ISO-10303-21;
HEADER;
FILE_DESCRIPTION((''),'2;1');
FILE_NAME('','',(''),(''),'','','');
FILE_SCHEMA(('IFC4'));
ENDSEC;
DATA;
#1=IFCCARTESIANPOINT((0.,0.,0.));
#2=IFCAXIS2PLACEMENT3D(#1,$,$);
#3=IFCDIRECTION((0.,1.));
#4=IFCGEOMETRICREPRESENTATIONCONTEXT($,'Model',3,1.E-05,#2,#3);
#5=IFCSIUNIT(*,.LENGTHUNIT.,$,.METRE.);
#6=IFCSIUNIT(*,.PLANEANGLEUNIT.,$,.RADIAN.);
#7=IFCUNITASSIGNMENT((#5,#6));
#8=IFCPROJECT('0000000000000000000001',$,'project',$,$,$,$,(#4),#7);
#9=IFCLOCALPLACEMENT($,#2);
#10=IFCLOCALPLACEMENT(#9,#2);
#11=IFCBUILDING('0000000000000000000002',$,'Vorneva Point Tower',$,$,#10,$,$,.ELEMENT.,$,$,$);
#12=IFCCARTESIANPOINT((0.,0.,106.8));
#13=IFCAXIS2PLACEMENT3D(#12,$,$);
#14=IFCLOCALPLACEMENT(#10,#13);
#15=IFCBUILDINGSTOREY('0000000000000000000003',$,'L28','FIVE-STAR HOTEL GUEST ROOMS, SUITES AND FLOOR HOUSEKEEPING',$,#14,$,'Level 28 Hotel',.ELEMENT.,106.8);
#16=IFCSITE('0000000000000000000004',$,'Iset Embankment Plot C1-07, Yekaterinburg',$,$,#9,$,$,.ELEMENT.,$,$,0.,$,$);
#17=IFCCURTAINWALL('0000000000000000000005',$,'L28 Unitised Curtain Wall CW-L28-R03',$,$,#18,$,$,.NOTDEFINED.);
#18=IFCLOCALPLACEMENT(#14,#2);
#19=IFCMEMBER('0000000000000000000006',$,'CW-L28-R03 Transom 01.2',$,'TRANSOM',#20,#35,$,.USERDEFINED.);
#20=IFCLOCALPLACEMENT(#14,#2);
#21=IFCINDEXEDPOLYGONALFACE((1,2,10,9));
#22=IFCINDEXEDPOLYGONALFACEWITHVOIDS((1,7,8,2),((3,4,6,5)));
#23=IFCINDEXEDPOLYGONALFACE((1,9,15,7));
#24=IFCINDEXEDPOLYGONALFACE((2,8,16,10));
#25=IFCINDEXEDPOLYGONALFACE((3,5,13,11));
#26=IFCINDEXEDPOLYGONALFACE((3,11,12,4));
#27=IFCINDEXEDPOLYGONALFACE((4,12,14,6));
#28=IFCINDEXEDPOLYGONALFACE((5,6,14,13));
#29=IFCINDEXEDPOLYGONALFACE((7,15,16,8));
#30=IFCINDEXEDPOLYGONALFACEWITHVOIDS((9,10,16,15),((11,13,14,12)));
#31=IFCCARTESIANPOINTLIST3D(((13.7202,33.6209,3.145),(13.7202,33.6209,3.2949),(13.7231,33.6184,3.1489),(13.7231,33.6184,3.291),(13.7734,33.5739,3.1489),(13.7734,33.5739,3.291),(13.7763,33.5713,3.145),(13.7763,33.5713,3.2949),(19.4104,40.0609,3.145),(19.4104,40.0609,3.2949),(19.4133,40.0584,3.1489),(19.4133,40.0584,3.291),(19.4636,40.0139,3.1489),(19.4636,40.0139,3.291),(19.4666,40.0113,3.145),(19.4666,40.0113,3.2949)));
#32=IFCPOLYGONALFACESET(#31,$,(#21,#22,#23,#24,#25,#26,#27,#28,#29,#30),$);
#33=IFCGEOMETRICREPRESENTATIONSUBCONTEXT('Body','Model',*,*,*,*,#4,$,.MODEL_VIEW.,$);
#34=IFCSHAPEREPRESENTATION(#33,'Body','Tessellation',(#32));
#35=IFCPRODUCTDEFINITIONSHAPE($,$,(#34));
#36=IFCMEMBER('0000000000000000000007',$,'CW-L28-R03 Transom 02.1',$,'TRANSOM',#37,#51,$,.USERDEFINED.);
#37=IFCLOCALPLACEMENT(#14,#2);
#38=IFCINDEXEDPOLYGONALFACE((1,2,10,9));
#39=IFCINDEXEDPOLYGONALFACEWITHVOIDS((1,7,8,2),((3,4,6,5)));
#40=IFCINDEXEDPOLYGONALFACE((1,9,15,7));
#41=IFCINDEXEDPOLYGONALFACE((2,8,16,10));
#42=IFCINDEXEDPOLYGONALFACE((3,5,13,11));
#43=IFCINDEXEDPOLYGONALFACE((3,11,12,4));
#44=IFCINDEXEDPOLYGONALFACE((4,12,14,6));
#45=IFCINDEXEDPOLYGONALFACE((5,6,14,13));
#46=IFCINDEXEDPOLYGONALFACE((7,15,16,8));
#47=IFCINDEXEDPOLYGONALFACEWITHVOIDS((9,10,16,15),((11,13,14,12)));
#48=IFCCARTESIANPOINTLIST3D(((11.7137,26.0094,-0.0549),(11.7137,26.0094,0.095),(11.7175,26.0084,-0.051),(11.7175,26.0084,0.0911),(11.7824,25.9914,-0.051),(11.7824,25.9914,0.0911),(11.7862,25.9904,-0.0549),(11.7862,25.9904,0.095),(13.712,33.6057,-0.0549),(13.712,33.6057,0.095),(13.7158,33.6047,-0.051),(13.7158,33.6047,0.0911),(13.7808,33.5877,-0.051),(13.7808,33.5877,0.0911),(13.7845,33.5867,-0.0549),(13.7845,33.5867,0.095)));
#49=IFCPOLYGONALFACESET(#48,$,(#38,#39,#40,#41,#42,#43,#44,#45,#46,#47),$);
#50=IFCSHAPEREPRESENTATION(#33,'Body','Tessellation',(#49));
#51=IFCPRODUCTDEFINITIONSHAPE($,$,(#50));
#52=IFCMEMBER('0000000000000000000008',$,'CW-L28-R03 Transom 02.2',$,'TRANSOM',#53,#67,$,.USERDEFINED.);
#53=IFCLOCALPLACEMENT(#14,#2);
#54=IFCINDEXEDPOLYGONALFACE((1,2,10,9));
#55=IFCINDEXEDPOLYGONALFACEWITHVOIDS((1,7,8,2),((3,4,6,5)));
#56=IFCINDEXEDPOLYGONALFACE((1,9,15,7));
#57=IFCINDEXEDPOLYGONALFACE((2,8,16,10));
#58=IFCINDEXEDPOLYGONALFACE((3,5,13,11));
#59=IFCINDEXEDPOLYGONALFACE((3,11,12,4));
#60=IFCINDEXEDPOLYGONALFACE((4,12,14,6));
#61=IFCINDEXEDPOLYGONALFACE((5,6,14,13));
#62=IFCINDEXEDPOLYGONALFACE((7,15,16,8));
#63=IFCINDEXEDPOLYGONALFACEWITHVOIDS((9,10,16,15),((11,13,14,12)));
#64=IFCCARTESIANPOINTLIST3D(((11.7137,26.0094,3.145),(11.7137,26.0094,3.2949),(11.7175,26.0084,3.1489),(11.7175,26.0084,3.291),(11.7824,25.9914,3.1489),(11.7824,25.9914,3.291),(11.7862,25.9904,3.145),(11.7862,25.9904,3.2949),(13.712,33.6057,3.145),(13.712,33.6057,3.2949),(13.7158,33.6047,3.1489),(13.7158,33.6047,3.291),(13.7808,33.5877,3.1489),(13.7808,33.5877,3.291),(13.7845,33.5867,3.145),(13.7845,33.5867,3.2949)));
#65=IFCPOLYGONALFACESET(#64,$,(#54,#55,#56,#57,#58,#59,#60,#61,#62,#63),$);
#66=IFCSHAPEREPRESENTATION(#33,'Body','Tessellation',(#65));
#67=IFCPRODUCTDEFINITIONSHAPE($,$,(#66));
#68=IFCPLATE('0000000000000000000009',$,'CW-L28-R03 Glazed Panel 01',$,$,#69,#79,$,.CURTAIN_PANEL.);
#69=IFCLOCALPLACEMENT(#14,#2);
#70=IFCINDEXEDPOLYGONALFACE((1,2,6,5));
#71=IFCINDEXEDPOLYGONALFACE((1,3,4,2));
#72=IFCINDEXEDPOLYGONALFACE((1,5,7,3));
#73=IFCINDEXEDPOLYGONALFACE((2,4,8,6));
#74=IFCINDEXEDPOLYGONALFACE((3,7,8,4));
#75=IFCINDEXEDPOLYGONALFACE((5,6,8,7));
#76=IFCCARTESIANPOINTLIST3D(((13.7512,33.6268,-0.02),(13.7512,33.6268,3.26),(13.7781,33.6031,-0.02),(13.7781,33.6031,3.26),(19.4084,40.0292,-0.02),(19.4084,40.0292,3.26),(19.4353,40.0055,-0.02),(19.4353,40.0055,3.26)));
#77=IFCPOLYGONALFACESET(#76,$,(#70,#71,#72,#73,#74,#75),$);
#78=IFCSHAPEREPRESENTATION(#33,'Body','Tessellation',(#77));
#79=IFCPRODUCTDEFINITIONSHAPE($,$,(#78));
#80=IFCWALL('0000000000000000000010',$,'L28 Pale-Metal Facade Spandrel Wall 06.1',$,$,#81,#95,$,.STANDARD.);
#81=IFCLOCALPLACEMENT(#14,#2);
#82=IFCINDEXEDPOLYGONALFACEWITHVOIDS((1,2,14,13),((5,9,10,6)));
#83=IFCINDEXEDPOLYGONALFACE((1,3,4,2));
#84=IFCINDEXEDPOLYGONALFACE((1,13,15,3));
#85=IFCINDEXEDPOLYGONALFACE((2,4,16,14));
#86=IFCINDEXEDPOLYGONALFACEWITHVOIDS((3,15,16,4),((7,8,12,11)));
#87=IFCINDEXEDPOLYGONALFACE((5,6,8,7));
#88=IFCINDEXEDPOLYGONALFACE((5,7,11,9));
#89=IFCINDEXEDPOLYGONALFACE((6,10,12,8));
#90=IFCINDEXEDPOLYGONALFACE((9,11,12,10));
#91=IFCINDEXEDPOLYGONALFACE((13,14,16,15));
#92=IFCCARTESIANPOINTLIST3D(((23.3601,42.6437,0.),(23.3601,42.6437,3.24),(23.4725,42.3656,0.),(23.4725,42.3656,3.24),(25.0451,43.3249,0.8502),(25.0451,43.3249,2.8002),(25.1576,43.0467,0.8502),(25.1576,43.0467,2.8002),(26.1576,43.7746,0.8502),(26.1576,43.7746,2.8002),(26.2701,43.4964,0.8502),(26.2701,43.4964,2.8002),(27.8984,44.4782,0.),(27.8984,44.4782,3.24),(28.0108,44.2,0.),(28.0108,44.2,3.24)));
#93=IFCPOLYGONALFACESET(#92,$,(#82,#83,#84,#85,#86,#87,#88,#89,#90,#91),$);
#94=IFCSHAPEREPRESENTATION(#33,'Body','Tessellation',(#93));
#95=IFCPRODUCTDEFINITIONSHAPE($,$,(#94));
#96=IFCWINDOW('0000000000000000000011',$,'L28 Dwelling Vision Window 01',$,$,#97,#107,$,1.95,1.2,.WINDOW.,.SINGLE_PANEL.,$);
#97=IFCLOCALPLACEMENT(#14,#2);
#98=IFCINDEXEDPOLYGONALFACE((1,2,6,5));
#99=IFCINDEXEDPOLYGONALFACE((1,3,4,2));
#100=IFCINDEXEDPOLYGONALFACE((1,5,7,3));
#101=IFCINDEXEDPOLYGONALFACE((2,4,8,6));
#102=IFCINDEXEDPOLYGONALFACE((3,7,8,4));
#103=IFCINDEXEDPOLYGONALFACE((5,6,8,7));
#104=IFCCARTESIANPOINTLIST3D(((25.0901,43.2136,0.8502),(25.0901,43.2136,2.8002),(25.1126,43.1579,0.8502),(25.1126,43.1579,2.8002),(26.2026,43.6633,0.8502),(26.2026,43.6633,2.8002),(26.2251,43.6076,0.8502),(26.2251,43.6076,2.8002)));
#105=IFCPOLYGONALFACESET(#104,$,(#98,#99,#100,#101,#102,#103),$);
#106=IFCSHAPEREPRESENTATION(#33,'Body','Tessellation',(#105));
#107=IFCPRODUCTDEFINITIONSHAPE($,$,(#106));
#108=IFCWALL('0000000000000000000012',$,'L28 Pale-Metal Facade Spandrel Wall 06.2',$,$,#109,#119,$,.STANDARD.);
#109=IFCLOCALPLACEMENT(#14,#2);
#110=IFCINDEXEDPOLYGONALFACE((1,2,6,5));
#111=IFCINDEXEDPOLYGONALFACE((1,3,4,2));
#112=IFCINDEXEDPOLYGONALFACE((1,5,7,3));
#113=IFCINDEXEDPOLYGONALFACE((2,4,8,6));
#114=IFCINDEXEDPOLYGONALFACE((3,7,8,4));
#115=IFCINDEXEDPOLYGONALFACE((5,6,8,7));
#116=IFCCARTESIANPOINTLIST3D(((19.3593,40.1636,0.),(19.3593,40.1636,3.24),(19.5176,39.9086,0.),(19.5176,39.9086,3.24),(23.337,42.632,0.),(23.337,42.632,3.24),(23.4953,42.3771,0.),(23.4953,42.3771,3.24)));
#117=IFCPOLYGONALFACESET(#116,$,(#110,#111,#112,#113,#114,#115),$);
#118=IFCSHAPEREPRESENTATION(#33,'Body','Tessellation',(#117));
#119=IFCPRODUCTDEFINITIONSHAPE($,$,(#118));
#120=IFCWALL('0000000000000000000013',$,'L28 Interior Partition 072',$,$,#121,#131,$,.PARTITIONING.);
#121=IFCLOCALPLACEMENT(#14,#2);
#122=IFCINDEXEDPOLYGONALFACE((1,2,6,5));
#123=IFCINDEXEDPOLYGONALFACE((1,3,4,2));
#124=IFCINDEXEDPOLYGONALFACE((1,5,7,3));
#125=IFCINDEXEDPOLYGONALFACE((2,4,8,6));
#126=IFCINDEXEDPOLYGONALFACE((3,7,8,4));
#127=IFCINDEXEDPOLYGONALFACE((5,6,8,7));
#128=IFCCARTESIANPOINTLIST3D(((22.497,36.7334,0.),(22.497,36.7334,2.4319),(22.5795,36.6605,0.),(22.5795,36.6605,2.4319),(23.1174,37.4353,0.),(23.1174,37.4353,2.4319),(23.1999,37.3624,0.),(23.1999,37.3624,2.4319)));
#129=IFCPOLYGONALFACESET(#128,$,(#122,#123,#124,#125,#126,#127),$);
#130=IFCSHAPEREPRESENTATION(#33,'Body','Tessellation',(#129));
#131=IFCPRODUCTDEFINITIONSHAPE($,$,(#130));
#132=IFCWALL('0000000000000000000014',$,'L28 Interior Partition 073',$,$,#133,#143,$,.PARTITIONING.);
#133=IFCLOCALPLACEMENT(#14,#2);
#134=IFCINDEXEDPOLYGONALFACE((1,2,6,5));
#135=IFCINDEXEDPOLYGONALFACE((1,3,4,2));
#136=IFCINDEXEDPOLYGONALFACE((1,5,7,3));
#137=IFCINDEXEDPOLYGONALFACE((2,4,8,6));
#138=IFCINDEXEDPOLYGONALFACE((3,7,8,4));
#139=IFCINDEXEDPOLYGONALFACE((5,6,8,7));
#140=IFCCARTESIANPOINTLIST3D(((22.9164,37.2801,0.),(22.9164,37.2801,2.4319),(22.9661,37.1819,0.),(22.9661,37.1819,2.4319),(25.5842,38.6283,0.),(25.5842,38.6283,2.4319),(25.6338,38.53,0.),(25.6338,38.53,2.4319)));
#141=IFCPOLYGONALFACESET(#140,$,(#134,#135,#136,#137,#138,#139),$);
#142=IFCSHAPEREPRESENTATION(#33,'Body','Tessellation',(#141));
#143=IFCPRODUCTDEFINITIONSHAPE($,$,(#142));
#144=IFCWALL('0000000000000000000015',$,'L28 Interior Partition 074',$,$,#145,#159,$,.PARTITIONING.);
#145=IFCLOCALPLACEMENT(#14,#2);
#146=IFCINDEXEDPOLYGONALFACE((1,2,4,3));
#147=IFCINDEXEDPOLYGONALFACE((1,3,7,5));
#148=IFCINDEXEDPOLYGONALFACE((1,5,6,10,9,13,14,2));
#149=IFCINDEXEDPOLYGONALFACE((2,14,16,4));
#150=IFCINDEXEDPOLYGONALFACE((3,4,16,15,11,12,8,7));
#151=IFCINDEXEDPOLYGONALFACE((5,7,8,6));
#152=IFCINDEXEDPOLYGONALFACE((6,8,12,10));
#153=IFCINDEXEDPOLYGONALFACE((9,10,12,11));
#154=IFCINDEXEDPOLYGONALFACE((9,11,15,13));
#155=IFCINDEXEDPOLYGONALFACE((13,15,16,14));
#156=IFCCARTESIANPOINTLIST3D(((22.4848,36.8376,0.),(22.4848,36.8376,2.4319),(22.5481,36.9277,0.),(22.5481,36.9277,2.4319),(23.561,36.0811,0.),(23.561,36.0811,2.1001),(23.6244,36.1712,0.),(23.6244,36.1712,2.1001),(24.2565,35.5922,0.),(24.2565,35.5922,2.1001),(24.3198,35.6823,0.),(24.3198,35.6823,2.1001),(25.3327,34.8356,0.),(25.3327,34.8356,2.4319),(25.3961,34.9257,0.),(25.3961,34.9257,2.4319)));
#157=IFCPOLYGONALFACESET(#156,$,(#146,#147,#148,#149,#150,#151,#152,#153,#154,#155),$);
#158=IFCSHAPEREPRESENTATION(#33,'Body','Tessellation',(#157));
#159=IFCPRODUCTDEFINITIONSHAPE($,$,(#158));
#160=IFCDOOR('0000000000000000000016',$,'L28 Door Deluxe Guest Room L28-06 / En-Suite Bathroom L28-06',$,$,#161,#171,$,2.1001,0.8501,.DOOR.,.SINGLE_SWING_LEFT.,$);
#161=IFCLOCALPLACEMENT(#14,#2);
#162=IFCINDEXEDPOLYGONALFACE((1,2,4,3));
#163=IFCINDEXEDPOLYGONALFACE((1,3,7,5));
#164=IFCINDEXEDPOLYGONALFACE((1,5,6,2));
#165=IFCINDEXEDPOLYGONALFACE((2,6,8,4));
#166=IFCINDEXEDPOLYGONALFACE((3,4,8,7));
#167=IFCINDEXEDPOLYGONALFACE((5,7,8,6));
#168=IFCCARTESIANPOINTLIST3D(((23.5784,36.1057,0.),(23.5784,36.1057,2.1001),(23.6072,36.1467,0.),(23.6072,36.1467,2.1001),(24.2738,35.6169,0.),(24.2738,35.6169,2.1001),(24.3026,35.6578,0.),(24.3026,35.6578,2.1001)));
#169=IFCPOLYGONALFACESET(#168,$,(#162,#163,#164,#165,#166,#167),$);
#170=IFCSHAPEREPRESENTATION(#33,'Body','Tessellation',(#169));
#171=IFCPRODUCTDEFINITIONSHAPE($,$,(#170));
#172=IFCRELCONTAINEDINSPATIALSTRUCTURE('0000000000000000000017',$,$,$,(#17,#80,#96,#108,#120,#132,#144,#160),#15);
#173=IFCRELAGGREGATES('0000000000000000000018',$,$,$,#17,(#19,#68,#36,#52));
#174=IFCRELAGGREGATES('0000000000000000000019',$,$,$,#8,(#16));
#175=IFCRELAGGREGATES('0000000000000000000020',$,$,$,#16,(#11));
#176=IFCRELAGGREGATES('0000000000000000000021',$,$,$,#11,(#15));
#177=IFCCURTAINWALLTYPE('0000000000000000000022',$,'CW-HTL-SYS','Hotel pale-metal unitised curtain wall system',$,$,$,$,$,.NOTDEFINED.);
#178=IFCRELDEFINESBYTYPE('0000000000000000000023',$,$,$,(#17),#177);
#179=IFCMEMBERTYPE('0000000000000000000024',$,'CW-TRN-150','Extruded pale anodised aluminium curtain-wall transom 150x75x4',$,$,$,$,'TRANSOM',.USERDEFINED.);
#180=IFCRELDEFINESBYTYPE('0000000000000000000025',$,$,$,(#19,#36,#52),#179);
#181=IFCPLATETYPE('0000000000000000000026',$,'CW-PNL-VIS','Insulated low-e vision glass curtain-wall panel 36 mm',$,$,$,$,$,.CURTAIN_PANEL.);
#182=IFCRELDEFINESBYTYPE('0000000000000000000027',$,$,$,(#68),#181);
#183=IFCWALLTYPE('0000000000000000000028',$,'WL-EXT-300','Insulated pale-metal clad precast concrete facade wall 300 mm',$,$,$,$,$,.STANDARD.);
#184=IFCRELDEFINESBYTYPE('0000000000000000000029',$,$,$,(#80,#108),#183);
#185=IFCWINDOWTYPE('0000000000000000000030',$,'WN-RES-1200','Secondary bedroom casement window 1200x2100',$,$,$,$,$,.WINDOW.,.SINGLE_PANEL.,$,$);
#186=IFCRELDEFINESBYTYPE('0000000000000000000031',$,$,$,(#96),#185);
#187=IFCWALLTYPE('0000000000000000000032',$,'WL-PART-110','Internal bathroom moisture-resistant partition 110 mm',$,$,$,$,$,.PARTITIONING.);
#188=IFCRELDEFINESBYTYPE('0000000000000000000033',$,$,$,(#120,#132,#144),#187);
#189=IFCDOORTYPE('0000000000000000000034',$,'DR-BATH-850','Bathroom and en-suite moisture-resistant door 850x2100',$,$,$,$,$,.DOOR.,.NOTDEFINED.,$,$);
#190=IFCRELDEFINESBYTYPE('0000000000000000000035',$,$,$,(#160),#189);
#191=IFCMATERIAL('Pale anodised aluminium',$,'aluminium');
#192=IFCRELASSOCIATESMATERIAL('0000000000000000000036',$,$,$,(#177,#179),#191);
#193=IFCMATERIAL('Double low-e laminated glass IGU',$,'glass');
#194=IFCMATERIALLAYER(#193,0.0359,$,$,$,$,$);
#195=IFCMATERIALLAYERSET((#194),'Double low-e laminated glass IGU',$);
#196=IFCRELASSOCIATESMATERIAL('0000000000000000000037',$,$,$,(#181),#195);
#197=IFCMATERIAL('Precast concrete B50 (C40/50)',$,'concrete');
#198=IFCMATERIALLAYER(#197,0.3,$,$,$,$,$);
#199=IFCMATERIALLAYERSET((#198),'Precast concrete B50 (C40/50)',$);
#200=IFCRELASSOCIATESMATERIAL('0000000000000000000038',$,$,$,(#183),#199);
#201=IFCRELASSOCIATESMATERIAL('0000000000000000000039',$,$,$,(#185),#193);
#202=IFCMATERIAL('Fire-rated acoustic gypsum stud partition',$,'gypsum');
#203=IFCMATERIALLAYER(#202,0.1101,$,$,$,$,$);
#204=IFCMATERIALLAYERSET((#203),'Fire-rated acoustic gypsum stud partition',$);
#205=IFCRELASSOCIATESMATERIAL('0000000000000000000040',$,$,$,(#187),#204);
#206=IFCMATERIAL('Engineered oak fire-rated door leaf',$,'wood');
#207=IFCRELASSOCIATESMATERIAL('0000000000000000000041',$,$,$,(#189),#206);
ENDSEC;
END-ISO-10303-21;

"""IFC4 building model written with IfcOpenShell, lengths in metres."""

from ifc_helpers import new_model, si_unit, direction, frame, frame_2d, origin, origin_2d, place, context, subcontext, project, spatial, rectangle, hollow_rectangle, extrude, material, layer, layer_set, material_profile, profile_set, type_object, element, fill, aggregate, save


model = new_model("IFC4")

# Units and contexts
model_context = context("Model", 3, precision=1e-05, world=origin(), true_north=direction((0.0, 1.0)))
body_context = subcontext(model_context, "Body", "Model", "MODEL_VIEW")
ifc_project = project(units=[si_unit("LENGTHUNIT", "METRE"), si_unit("PLANEANGLEUNIT", "RADIAN")], contexts=[model_context])

# Site, building, storey
site_placement = place(None, origin())
site = spatial("IfcSite", under=ifc_project, at=site_placement, Name="Iset Embankment Plot C1-07, Yekaterinburg", CompositionType="ELEMENT", RefElevation=0.0)
building_placement = place(site_placement, origin())
building = spatial("IfcBuilding", under=site, at=building_placement, Name="Vorneva Point Tower", CompositionType="ELEMENT")
storey_placement = place(building_placement, frame((0.0, 0.0, 106.8)))
storey = spatial("IfcBuildingStorey", under=building, at=storey_placement, Name="L28", Description="FIVE-STAR HOTEL GUEST ROOMS, SUITES AND FLOOR HOUSEKEEPING", LongName="Level 28 Hotel", CompositionType="ELEMENT", Elevation=106.8)

# Shared definitions
ifc_material_1 = material(Name="Pale anodised aluminium", Category="aluminium")
curtain_wall_type = type_object("IfcCurtainWallType", Name="CW-HTL-SYS", Description="Hotel pale-metal unitised curtain wall system", PredefinedType="NOTDEFINED", material=ifc_material_1)

# Curtain wall, members, plate
curtain_wall_1_placement = place(storey_placement, origin())
curtain_wall_1 = element("IfcCurtainWall", 1, at=curtain_wall_1_placement, inside=storey, type_object=curtain_wall_type, Name="L28 Unitised Curtain Wall CW-L28-R03", PredefinedType="NOTDEFINED")
ifc_material_profile_1 = material_profile(ifc_material_1, hollow_rectangle(XDim=0.075, YDim=0.1499, WallThickness=0.0039, at=origin_2d()), Name="AL-TRN 150x75x4")
ifc_profile_set_1 = profile_set([ifc_material_profile_1], Name="Pale anodised aluminium")
member_type_1 = type_object("IfcMemberType", Name="CW-TRN-150", Description="Extruded pale anodised aluminium curtain-wall transom 150x75x4", ElementType="TRANSOM", PredefinedType="USERDEFINED", material=ifc_profile_set_1)
member_1_placement = place(storey_placement, frame((19.4385, 40.0361, 3.22), z_axis=(-0.662137, -0.749383, 0.0), x_axis=(0.749383, -0.662137, 0.0)))
member_1 = element("IfcMember", 2, at=member_1_placement, type_object=member_type_1, Name="CW-L28-R03 Transom 01.2", ObjectType="TRANSOM", PredefinedType="USERDEFINED", context=body_context, shape_type="SweptSolid", body=[
    extrude(hollow_rectangle(XDim=0.075, YDim=0.1499, WallThickness=0.0039, at=origin_2d()), origin(), (0.0, 0.0, 1.0), 8.5938),
])
member_2_placement = place(storey_placement, frame((13.7483, 33.5962, 0.02), z_axis=(-0.254409, -0.967097, 0.0), x_axis=(0.967097, -0.254409, 0.0)))
member_2 = element("IfcMember", 3, at=member_2_placement, type_object=member_type_1, Name="CW-L28-R03 Transom 02.1", ObjectType="TRANSOM", PredefinedType="USERDEFINED", context=body_context, shape_type="SweptSolid", body=[
    extrude(hollow_rectangle(XDim=0.075, YDim=0.1499, WallThickness=0.0039, at=origin_2d()), origin(), (0.0, 0.0, 1.0), 7.8547),
])
member_3_placement = place(storey_placement, frame((13.7483, 33.5962, 3.22), z_axis=(-0.254409, -0.967097, 0.0), x_axis=(0.967097, -0.254409, 0.0)))
member_3 = element("IfcMember", 4, at=member_3_placement, type_object=member_type_1, Name="CW-L28-R03 Transom 02.2", ObjectType="TRANSOM", PredefinedType="USERDEFINED", context=body_context, shape_type="SweptSolid", body=[
    extrude(hollow_rectangle(XDim=0.075, YDim=0.1499, WallThickness=0.0039, at=origin_2d()), origin(), (0.0, 0.0, 1.0), 7.8547),
])
ifc_material_2 = material(Name="Double low-e laminated glass IGU", Category="glass")
ifc_layer_1 = layer(ifc_material_2, 0.0359)
ifc_layer_set_1 = layer_set([ifc_layer_1], Name="Double low-e laminated glass IGU")
plate_type = type_object("IfcPlateType", Name="CW-PNL-VIS", Description="Insulated low-e vision glass curtain-wall panel 36 mm", PredefinedType="CURTAIN_PANEL", material=ifc_layer_set_1)
plate_placement = place(storey_placement, frame((16.5933, 36.8162, -0.02), z_axis=(0.0, 0.0, 1.0), x_axis=(-0.662149, -0.749372, 0.0)))
plate = element("IfcPlate", 5, at=plate_placement, type_object=plate_type, Name="CW-L28-R03 Glazed Panel 01", PredefinedType="CURTAIN_PANEL", context=body_context, shape_type="SweptSolid", body=[
    extrude(rectangle(XDim=8.5437, YDim=0.0359, at=origin_2d()), origin(), (0.0, 0.0, 1.0), 3.28),
])
aggregate(curtain_wall_1, [member_1, plate, member_2, member_3])

# Wall, opening, window
ifc_material_3 = material(Name="Precast concrete B50 (C40/50)", Category="concrete")
ifc_layer_2 = layer(ifc_material_3, 0.3)
ifc_layer_set_2 = layer_set([ifc_layer_2], Name="Precast concrete B50 (C40/50)")
wall_type_1 = type_object("IfcWallType", Name="WL-EXT-300", Description="Insulated pale-metal clad precast concrete facade wall 300 mm", PredefinedType="STANDARD", material=ifc_layer_set_2)
wall_1_placement = place(storey_placement, frame((27.9546, 44.3391, 0.0), z_axis=(0.0, 0.0, 1.0), x_axis=(-0.927122, -0.374759, 0.0)))
wall_1 = element("IfcWall", 6, at=wall_1_placement, inside=storey, type_object=wall_type_1, Name="L28 Pale-Metal Facade Spandrel Wall 06.1", PredefinedType="STANDARD", context=body_context, shape_type="SweptSolid", body=[
    extrude(rectangle(XDim=4.895, YDim=0.3, at=frame_2d((2.4475, 0.0))), origin(), (0.0, 0.0, 1.0), 3.24),
])
opening_1_placement = place(wall_1_placement, frame((1.8774, 0.0, 0.8501)))
opening_1 = element("IfcOpeningElement", 7, at=opening_1_placement, cuts=wall_1, PredefinedType="OPENING", context=body_context, shape_type="SweptSolid", body=[
    extrude(rectangle(XDim=1.2, YDim=1.95, at=frame_2d((0.6001, 0.9751))), frame((0.0, 0.165, 0.0), z_axis=(0.0, -1.0, 0.0), x_axis=(1.0, 0.0, 0.0)), (0.0, 0.0, 1.0), 0.3298),
])
window_type = type_object("IfcWindowType", Name="WN-RES-1200", Description="Secondary bedroom casement window 1200x2100", PartitioningType="SINGLE_PANEL", PredefinedType="WINDOW", material=ifc_material_2)
window_placement = place(opening_1_placement, origin())
window = element("IfcWindow", 8, at=window_placement, inside=storey, type_object=window_type, Name="L28 Dwelling Vision Window 01", OverallHeight=1.95, OverallWidth=1.2, PartitioningType="SINGLE_PANEL", PredefinedType="WINDOW", context=body_context, shape_type="SweptSolid", body=[
    extrude(rectangle(XDim=1.2, YDim=1.95, at=frame_2d((0.6001, 0.9751))), frame((0.0, 0.03, 0.0), z_axis=(0.0, -1.0, 0.0), x_axis=(1.0, 0.0, 0.0)), (0.0, 0.0, 1.0), 0.0601),
])
fill(opening_1, window)

# Walls
wall_2_placement = place(storey_placement, frame((23.4163, 42.5046, 0.0), z_axis=(0.0, 0.0, 1.0), x_axis=(-0.849684, -0.527291, 0.0)))
element("IfcWall", 9, at=wall_2_placement, inside=storey, type_object=wall_type_1, Name="L28 Pale-Metal Facade Spandrel Wall 06.2", PredefinedType="STANDARD", context=body_context, shape_type="SweptSolid", body=[
    extrude(rectangle(XDim=4.6814, YDim=0.3, at=frame_2d((2.3408, 0.0))), origin(), (0.0, 0.0, 1.0), 3.24),
])
ifc_material_4 = material(Name="Fire-rated acoustic gypsum stud partition", Category="gypsum")
ifc_layer_3 = layer(ifc_material_4, 0.1101)
ifc_layer_set_3 = layer_set([ifc_layer_3], Name="Fire-rated acoustic gypsum stud partition")
wall_type_2 = type_object("IfcWallType", Name="WL-PART-110", Description="Internal bathroom moisture-resistant partition 110 mm", PredefinedType="PARTITIONING", material=ifc_layer_set_3)
wall_3_placement = place(storey_placement, frame((22.5383, 36.697, 0.0), z_axis=(0.0, 0.0, 1.0), x_axis=(0.662242, 0.74929, 0.0)))
element("IfcWall", 10, at=wall_3_placement, inside=storey, type_object=wall_type_2, Name="L28 Interior Partition 072", PredefinedType="PARTITIONING", context=body_context, shape_type="SweptSolid", body=[
    extrude(rectangle(XDim=0.9368, YDim=0.1101, at=frame_2d((0.4683, 0.0))), origin(), (0.0, 0.0, 1.0), 2.4319),
])
wall_4_placement = place(storey_placement, frame((22.9412, 37.231, 0.0), z_axis=(0.0, 0.0, 1.0), x_axis=(0.892508, 0.451032, 0.0)))
element("IfcWall", 11, at=wall_4_placement, inside=storey, type_object=wall_type_2, Name="L28 Interior Partition 073", PredefinedType="PARTITIONING", context=body_context, shape_type="SweptSolid", body=[
    extrude(rectangle(XDim=2.989, YDim=0.1101, at=frame_2d((1.4946, 0.0))), origin(), (0.0, 0.0, 1.0), 2.4319),
])

# Wall, opening, door
wall_5_placement = place(storey_placement, frame((25.3645, 34.8806, 0.0), z_axis=(0.0, 0.0, 1.0), x_axis=(-0.818094, 0.575085, 0.0)))
wall_5 = element("IfcWall", 12, at=wall_5_placement, inside=storey, type_object=wall_type_2, Name="L28 Interior Partition 074", PredefinedType="PARTITIONING", context=body_context, shape_type="SweptSolid", body=[
    extrude(rectangle(XDim=3.4812, YDim=0.1101, at=frame_2d((1.7407, 0.0))), origin(), (0.0, 0.0, 1.0), 2.4319),
])
opening_2_placement = place(wall_5_placement, frame((1.3157, 0.0, 0.0)))
opening_2 = element("IfcOpeningElement", 13, at=opening_2_placement, cuts=wall_5, PredefinedType="OPENING", context=body_context, shape_type="SweptSolid", body=[
    extrude(rectangle(XDim=0.8501, YDim=2.1001, at=frame_2d((0.425, 1.05))), frame((0.0, 0.0698, 0.0), z_axis=(0.0, -1.0, 0.0), x_axis=(1.0, 0.0, 0.0)), (0.0, 0.0, 1.0), 0.1399),
])
ifc_material_5 = material(Name="Engineered oak fire-rated door leaf", Category="wood")
door_type_1 = type_object("IfcDoorType", Name="DR-BATH-850", Description="Bathroom and en-suite moisture-resistant door 850x2100", OperationType="NOTDEFINED", PredefinedType="DOOR", material=ifc_material_5)
door_1_placement = place(opening_2_placement, origin())
door_1 = element("IfcDoor", 14, at=door_1_placement, inside=storey, type_object=door_type_1, Name="L28 Door Deluxe Guest Room L28-06 / En-Suite Bathroom L28-06", OperationType="SINGLE_SWING_LEFT", OverallHeight=2.1001, OverallWidth=0.8501, PredefinedType="DOOR", context=body_context, shape_type="SweptSolid", body=[
    extrude(rectangle(XDim=0.8501, YDim=2.1001, at=frame_2d((0.425, 1.05))), frame((0.0, 0.0249, 0.0), z_axis=(0.0, -1.0, 0.0), x_axis=(1.0, 0.0, 0.0)), (0.0, 0.0, 1.0), 0.05),
])
fill(opening_2, door_1)

save(model, "model.ifc")
